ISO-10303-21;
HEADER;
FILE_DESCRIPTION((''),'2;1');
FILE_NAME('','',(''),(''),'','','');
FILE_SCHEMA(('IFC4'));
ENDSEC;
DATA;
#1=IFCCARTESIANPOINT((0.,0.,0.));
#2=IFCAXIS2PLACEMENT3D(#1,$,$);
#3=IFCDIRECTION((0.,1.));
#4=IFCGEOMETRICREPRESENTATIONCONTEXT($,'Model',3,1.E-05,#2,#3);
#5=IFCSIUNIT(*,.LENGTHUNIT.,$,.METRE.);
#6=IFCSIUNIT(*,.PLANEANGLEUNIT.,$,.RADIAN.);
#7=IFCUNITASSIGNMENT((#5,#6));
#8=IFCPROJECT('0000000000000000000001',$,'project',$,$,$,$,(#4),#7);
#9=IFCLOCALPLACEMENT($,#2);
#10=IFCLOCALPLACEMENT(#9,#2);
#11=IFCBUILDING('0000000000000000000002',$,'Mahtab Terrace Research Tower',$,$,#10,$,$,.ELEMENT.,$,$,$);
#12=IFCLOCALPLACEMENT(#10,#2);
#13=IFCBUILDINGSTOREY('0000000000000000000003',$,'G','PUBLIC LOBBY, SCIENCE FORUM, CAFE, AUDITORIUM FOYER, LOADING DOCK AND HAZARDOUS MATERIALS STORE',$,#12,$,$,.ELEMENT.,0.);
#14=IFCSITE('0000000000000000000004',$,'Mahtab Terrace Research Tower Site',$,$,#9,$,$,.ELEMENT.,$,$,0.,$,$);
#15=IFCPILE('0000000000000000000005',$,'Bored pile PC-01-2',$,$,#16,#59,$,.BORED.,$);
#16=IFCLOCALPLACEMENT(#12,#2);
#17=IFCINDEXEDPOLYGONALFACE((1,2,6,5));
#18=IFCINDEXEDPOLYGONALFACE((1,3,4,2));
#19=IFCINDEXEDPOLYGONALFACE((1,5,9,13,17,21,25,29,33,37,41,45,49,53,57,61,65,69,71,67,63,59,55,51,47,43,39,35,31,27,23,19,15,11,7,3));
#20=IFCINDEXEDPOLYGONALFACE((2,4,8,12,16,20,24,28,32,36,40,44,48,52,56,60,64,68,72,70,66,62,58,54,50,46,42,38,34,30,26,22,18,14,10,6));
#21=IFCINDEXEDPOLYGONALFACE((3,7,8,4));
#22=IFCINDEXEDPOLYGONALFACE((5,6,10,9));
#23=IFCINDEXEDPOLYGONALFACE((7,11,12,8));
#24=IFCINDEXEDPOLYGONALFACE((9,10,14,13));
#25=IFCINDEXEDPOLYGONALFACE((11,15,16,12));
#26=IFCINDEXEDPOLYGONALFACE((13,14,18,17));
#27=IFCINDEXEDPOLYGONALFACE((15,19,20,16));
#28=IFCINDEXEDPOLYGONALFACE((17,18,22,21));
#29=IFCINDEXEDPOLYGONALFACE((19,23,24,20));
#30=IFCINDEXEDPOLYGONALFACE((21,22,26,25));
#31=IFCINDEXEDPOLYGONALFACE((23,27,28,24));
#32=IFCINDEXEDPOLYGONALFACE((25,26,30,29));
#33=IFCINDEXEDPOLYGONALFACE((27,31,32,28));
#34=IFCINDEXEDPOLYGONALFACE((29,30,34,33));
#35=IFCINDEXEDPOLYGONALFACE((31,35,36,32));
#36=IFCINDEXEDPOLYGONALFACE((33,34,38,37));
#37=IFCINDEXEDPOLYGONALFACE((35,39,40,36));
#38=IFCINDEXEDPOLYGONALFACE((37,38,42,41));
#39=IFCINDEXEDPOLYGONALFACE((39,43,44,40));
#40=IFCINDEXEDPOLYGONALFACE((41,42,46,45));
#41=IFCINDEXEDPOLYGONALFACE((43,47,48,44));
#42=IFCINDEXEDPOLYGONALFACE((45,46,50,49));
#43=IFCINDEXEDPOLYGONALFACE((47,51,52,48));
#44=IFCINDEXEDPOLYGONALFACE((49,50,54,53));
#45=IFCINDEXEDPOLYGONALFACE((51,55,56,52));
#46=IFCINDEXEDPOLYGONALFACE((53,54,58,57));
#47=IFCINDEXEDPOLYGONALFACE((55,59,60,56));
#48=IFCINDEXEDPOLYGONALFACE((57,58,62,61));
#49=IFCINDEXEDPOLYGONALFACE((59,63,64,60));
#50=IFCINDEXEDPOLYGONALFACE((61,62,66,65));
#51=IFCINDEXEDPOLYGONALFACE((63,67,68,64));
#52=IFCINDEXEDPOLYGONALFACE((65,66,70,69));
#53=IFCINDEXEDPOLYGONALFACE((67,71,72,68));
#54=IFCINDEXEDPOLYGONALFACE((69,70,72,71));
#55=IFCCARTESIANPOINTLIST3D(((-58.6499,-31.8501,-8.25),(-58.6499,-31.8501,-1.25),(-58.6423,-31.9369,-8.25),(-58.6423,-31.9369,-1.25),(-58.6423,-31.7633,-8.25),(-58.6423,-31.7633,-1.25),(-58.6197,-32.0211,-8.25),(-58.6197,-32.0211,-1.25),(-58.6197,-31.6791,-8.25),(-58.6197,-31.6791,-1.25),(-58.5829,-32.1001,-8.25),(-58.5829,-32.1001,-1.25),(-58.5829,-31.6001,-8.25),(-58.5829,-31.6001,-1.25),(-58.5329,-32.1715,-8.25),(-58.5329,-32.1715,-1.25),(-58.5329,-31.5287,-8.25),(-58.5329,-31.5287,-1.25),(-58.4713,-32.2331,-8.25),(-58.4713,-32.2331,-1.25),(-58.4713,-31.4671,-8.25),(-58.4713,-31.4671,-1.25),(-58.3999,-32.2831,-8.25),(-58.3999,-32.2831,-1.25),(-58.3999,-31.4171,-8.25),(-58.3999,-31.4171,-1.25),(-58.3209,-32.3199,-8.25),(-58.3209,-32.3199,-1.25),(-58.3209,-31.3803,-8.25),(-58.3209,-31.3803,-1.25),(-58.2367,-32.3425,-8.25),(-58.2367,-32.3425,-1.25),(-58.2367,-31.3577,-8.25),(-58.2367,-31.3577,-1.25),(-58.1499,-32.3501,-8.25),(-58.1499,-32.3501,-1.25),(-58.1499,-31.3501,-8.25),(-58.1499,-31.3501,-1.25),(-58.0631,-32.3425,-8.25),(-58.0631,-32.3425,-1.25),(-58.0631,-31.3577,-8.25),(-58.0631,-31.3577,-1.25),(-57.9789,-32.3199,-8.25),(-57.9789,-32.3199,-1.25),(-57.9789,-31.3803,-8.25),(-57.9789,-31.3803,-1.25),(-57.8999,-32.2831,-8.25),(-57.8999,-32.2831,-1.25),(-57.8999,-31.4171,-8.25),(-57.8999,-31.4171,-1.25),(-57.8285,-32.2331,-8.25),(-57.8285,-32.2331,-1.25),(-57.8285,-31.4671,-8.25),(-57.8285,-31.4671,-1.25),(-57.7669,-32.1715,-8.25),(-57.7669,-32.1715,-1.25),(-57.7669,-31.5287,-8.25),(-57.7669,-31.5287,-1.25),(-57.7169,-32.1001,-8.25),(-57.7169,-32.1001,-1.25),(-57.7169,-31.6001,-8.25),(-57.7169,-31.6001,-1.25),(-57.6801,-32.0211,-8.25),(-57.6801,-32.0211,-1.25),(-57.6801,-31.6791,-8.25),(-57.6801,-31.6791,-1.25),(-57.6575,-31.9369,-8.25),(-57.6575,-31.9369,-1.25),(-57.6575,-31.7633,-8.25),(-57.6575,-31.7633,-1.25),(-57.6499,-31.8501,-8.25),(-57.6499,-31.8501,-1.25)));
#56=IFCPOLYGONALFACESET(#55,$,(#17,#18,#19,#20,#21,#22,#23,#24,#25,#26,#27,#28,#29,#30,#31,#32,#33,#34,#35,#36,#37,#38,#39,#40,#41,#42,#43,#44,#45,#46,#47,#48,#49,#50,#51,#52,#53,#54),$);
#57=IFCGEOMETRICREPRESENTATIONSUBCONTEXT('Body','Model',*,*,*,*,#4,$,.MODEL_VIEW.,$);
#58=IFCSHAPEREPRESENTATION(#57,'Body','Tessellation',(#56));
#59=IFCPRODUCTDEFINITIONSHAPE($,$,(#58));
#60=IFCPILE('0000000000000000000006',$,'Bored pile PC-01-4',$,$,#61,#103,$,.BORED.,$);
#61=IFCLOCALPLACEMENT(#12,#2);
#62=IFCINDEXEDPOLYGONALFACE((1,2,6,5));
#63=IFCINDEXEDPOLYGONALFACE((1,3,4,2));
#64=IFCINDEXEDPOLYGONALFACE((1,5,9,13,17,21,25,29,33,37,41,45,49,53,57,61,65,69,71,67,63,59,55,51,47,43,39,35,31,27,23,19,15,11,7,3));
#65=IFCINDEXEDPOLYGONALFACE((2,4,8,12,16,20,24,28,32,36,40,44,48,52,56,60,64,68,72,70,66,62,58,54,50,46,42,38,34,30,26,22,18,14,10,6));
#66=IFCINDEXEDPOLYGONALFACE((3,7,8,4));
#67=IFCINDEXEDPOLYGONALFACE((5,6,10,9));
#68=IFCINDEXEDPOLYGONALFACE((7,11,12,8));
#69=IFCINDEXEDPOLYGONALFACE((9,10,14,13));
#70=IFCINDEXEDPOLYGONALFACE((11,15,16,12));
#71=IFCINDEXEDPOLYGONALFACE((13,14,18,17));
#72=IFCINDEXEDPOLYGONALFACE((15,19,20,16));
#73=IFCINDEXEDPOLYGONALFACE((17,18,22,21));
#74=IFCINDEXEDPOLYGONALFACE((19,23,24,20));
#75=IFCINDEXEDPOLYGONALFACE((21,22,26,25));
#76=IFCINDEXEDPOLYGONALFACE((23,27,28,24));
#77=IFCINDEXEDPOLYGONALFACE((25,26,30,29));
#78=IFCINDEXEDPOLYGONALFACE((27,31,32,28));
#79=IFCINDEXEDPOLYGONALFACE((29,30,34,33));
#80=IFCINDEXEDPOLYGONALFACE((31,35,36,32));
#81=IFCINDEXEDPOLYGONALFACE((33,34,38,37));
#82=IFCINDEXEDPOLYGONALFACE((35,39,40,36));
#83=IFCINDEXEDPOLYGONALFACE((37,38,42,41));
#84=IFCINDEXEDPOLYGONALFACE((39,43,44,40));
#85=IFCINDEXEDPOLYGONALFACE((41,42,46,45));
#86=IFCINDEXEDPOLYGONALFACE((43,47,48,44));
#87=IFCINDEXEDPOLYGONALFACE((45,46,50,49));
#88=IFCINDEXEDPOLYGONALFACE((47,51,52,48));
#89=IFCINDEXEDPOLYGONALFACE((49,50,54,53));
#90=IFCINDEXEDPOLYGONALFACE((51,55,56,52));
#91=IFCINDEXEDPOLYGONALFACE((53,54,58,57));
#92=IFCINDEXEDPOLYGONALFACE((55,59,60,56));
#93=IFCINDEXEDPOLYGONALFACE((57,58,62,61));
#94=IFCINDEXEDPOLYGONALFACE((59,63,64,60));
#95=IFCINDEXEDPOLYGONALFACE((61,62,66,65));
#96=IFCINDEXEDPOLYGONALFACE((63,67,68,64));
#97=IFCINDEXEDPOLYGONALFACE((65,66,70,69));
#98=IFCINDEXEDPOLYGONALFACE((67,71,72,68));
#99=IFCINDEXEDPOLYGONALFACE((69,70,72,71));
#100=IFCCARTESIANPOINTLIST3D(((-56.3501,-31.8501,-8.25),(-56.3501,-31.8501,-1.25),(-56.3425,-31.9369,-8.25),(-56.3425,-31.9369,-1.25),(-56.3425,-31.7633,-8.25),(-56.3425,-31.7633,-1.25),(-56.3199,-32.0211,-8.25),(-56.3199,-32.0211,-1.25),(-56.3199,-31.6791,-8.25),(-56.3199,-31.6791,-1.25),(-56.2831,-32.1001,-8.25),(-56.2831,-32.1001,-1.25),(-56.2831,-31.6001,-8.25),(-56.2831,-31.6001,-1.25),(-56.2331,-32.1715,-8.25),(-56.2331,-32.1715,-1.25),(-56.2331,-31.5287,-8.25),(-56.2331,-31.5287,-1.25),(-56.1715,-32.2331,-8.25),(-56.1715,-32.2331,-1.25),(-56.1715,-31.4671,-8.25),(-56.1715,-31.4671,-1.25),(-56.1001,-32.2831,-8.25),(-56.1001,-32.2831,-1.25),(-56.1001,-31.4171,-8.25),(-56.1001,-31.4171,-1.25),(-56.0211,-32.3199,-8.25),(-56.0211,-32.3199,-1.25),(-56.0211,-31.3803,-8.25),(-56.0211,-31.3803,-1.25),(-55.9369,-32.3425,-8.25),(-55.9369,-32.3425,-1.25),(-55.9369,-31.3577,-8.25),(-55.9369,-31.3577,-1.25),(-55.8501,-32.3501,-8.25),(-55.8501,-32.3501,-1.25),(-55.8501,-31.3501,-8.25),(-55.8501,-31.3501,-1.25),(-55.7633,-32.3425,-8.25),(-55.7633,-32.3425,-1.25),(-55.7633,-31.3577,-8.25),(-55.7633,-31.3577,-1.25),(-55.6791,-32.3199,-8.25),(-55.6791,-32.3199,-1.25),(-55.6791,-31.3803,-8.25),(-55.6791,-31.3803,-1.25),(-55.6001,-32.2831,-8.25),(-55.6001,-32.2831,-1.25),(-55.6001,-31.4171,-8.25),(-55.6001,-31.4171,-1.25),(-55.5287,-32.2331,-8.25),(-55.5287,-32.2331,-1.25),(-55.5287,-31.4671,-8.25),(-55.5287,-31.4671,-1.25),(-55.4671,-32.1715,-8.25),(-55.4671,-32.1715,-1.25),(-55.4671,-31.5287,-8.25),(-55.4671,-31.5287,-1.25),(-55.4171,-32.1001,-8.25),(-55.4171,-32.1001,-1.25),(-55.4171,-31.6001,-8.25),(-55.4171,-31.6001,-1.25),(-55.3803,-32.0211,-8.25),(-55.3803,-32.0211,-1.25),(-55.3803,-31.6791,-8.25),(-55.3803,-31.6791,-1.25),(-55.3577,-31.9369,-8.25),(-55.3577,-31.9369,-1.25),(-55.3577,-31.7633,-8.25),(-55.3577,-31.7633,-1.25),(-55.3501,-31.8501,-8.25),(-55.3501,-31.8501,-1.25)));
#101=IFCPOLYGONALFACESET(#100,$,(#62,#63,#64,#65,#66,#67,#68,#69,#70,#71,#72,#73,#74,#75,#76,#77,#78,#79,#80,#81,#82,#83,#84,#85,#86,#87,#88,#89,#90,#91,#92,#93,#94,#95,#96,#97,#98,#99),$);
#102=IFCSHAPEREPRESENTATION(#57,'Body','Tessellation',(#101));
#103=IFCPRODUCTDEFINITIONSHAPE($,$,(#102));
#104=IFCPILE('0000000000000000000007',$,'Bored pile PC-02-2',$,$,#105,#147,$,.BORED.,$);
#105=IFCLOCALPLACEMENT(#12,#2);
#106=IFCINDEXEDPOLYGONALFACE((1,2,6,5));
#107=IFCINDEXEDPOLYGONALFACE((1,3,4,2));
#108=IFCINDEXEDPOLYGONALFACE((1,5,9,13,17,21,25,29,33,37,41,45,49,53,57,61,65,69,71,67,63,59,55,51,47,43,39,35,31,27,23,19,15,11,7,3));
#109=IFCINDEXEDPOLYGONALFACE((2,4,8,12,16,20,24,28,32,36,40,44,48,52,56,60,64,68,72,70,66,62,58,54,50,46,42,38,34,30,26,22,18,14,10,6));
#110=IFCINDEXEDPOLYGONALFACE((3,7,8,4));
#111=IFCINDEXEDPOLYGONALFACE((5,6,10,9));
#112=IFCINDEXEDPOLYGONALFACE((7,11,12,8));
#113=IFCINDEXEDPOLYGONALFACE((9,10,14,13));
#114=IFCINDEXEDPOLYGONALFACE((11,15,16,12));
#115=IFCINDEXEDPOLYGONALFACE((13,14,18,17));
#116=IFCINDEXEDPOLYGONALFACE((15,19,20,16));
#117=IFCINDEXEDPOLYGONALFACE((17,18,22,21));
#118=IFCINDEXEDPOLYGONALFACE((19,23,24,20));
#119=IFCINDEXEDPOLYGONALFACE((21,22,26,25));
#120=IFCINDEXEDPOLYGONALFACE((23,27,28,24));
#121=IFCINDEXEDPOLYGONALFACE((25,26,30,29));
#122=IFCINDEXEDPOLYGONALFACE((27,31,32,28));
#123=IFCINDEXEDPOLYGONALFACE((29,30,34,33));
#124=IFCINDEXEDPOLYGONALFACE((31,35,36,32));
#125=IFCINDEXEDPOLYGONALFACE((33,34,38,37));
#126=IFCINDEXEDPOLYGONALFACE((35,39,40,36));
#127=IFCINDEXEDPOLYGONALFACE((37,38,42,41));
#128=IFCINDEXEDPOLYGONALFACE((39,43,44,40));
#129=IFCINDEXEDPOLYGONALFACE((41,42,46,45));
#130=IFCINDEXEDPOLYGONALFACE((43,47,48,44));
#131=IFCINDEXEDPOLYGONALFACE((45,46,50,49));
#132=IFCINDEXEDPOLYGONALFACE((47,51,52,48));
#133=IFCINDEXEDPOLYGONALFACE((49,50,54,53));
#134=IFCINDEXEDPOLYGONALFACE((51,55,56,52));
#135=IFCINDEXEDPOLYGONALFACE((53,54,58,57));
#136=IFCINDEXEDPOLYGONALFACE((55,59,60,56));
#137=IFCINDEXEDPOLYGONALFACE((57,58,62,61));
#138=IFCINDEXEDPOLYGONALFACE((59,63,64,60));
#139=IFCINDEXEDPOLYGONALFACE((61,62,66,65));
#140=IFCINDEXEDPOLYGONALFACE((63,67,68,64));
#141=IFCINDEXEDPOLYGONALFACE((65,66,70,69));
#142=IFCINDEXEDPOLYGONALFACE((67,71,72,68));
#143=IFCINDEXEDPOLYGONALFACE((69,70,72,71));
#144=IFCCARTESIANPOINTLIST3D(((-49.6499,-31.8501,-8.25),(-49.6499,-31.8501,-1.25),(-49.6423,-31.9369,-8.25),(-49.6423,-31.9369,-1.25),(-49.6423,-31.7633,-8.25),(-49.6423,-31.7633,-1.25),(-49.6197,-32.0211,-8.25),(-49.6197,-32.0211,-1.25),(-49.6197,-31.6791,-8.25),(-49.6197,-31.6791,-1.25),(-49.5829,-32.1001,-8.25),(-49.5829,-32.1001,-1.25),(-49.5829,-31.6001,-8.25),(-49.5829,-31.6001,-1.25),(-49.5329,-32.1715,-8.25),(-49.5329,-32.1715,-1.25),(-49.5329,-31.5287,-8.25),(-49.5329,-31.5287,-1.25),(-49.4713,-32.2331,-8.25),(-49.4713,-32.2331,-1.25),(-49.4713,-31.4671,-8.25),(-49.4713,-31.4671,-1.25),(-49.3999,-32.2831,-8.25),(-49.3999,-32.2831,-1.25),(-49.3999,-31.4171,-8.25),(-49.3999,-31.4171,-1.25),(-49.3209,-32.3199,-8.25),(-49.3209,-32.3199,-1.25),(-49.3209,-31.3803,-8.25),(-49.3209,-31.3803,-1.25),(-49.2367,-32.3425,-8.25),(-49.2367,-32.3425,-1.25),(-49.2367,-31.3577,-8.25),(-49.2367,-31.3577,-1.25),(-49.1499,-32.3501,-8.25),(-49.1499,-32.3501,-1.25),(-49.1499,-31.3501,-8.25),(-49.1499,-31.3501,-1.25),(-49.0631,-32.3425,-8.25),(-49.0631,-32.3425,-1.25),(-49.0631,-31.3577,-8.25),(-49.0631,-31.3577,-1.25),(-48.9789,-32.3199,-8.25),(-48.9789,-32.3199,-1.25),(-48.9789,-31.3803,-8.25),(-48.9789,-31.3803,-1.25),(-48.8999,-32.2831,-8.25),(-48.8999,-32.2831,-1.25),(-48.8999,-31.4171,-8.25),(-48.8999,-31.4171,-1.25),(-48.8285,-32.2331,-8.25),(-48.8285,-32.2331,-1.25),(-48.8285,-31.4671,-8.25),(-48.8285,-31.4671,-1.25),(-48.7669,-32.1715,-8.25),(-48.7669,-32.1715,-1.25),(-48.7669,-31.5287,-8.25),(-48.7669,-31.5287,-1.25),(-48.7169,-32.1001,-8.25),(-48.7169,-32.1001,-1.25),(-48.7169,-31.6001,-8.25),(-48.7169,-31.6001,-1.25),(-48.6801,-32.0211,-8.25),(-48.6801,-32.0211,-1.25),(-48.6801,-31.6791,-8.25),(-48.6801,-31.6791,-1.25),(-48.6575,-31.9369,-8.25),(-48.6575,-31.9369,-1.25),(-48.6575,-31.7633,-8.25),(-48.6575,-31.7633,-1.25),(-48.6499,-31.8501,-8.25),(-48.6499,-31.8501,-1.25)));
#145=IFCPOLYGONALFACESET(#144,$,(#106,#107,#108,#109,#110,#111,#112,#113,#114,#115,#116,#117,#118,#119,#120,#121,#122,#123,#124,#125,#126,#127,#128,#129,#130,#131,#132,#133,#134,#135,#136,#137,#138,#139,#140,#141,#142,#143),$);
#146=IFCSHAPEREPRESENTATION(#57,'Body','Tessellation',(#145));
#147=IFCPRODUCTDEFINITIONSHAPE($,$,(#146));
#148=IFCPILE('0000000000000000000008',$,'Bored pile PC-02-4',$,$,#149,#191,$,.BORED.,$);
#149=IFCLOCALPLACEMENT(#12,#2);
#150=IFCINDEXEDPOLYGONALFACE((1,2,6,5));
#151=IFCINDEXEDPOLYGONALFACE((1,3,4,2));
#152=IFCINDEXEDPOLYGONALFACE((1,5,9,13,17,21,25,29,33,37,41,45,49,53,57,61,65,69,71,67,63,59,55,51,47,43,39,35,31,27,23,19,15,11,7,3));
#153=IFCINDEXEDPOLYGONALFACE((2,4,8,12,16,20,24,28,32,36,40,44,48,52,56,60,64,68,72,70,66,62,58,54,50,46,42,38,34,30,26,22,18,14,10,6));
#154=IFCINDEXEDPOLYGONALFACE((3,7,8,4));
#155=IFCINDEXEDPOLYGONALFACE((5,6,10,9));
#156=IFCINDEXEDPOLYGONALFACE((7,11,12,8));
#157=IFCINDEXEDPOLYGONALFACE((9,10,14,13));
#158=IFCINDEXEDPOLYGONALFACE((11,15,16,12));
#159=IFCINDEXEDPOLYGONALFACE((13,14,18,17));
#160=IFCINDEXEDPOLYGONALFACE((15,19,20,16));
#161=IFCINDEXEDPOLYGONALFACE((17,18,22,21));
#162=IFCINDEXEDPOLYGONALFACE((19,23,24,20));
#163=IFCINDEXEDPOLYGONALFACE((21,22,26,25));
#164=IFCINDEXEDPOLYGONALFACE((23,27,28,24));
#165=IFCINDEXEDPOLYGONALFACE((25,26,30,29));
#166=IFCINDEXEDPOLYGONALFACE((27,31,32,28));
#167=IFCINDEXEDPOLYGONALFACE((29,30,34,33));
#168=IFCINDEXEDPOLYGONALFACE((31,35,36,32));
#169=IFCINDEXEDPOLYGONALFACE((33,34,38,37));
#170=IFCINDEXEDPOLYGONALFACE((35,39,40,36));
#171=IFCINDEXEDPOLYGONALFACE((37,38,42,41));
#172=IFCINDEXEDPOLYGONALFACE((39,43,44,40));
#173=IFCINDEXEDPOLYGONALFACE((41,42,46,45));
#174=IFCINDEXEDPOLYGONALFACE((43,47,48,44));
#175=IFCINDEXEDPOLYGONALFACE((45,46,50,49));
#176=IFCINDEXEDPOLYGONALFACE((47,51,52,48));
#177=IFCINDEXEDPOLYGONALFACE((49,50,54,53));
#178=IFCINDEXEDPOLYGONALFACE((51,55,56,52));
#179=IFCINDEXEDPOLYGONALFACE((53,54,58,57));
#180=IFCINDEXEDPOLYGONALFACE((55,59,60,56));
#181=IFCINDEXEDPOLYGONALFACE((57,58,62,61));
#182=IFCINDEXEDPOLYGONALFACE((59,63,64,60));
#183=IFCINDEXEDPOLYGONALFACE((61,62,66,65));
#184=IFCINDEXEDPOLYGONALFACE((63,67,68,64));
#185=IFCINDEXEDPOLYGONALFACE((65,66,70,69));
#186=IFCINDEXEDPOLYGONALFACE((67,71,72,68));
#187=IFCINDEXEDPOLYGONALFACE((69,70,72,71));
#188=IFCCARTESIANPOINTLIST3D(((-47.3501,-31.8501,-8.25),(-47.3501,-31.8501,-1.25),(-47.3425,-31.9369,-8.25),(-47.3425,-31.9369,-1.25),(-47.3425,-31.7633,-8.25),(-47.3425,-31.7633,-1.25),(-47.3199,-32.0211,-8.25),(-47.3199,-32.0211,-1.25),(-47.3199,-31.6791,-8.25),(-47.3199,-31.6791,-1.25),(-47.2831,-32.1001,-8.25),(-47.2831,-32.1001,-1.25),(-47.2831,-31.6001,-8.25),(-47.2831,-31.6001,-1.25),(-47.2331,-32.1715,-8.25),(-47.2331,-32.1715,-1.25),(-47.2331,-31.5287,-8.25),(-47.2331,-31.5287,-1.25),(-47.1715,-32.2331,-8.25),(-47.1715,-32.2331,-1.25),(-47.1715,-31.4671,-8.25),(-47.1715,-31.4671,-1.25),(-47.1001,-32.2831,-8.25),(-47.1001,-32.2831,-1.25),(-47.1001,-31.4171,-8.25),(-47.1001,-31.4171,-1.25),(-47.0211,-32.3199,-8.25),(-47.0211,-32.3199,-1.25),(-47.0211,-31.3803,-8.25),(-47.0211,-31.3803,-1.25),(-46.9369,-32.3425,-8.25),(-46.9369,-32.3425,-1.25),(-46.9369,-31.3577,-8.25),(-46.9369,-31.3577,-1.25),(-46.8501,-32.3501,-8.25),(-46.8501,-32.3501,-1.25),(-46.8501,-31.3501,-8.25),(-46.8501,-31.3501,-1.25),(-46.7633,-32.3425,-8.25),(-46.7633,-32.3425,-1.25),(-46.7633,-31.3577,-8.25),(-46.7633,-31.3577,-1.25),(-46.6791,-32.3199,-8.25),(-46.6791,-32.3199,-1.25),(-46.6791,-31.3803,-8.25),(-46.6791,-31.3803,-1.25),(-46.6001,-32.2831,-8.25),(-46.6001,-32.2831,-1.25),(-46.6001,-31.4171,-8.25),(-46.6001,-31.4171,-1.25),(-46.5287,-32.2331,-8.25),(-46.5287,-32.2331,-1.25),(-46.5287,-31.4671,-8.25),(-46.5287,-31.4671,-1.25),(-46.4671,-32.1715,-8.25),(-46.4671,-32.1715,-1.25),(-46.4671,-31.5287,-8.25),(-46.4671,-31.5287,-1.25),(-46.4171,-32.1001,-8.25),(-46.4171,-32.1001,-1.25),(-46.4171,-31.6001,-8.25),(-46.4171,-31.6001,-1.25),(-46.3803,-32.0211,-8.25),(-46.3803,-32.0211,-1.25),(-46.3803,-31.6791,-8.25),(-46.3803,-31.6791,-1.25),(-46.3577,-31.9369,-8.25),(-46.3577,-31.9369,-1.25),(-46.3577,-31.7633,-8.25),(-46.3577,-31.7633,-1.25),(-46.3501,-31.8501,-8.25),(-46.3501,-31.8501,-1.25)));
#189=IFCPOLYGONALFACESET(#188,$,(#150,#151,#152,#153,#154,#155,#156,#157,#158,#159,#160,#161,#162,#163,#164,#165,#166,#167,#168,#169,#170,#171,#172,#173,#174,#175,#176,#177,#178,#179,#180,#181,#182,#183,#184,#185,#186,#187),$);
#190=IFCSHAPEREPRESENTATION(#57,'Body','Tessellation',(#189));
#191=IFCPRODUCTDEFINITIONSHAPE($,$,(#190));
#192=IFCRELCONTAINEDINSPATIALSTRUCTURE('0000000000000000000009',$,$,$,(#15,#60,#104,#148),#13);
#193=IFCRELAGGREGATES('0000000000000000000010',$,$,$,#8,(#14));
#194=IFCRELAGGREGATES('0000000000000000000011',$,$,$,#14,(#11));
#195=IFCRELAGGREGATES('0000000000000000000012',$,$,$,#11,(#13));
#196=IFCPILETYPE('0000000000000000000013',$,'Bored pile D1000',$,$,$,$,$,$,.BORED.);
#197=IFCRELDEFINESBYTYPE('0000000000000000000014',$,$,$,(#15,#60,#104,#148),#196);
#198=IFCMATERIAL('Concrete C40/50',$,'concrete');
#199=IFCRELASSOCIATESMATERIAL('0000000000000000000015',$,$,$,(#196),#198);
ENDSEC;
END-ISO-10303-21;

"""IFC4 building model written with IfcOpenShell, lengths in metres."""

from ifc_helpers import new_model, si_unit, direction, frame, origin, origin_2d, place, context, subcontext, project, spatial, circle, extrude, material, material_profile, profile_set, type_object, element, save


model = new_model("IFC4")

# Units and contexts
model_context = context("Model", 3, precision=1e-05, world=origin(), true_north=direction((0.0, 1.0)))
body_context = subcontext(model_context, "Body", "Model", "MODEL_VIEW")
ifc_project = project(units=[si_unit("LENGTHUNIT", "METRE"), si_unit("PLANEANGLEUNIT", "RADIAN")], contexts=[model_context])

# Site, building, storey
site_placement = place(None, origin())
site = spatial("IfcSite", under=ifc_project, at=site_placement, Name="Mahtab Terrace Research Tower Site", CompositionType="ELEMENT", RefElevation=0.0)
building_placement = place(site_placement, origin())
building = spatial("IfcBuilding", under=site, at=building_placement, Name="Mahtab Terrace Research Tower", CompositionType="ELEMENT")
storey_placement = place(building_placement, origin())
storey = spatial("IfcBuildingStorey", under=building, at=storey_placement, Name="G", Description="PUBLIC LOBBY, SCIENCE FORUM, CAFE, AUDITORIUM FOYER, LOADING DOCK AND HAZARDOUS MATERIALS STORE", CompositionType="ELEMENT", Elevation=0.0)

# Piles
ifc_material_1 = material(Name="Concrete C40/50", Category="concrete")
ifc_material_profile_1 = material_profile(ifc_material_1, circle(Radius=0.5, at=origin_2d()), Name="Bored pile D1000")
ifc_profile_set_1 = profile_set([ifc_material_profile_1], Name="Concrete C40/50")
pile_type_1 = type_object("IfcPileType", Name="Bored pile D1000", PredefinedType="BORED", material=ifc_profile_set_1)
for number, where, z_axis, x_axis, name in (
    (1, (-58.1499, -31.8501, -1.25), (0.0, 0.0, -1.0), (1.0, 0.0, 0.0), "Bored pile PC-01-2"),
    (2, (-55.8501, -31.8501, -1.25), (0.0, 0.0, -1.0), (1.0, 0.0, 0.0), "Bored pile PC-01-4"),
    (3, (-49.1499, -31.8501, -1.25), (0.0, 0.0, -1.0), (1.0, 0.0, 0.0), "Bored pile PC-02-2"),
    (4, (-46.8501, -31.8501, -1.25), (0.0, 0.0, -1.0), (1.0, 0.0, 0.0), "Bored pile PC-02-4"),
):
    element("IfcPile", number, at=place(storey_placement, frame(where, z_axis=z_axis, x_axis=x_axis)), inside=storey, type_object=pile_type_1, Name=name, PredefinedType="BORED", context=body_context, shape_type="SweptSolid", body=[
        extrude(circle(Radius=0.5, at=origin_2d()), origin(), (0.0, 0.0, 1.0), 7.0),
    ])

save(model, "model.ifc")
